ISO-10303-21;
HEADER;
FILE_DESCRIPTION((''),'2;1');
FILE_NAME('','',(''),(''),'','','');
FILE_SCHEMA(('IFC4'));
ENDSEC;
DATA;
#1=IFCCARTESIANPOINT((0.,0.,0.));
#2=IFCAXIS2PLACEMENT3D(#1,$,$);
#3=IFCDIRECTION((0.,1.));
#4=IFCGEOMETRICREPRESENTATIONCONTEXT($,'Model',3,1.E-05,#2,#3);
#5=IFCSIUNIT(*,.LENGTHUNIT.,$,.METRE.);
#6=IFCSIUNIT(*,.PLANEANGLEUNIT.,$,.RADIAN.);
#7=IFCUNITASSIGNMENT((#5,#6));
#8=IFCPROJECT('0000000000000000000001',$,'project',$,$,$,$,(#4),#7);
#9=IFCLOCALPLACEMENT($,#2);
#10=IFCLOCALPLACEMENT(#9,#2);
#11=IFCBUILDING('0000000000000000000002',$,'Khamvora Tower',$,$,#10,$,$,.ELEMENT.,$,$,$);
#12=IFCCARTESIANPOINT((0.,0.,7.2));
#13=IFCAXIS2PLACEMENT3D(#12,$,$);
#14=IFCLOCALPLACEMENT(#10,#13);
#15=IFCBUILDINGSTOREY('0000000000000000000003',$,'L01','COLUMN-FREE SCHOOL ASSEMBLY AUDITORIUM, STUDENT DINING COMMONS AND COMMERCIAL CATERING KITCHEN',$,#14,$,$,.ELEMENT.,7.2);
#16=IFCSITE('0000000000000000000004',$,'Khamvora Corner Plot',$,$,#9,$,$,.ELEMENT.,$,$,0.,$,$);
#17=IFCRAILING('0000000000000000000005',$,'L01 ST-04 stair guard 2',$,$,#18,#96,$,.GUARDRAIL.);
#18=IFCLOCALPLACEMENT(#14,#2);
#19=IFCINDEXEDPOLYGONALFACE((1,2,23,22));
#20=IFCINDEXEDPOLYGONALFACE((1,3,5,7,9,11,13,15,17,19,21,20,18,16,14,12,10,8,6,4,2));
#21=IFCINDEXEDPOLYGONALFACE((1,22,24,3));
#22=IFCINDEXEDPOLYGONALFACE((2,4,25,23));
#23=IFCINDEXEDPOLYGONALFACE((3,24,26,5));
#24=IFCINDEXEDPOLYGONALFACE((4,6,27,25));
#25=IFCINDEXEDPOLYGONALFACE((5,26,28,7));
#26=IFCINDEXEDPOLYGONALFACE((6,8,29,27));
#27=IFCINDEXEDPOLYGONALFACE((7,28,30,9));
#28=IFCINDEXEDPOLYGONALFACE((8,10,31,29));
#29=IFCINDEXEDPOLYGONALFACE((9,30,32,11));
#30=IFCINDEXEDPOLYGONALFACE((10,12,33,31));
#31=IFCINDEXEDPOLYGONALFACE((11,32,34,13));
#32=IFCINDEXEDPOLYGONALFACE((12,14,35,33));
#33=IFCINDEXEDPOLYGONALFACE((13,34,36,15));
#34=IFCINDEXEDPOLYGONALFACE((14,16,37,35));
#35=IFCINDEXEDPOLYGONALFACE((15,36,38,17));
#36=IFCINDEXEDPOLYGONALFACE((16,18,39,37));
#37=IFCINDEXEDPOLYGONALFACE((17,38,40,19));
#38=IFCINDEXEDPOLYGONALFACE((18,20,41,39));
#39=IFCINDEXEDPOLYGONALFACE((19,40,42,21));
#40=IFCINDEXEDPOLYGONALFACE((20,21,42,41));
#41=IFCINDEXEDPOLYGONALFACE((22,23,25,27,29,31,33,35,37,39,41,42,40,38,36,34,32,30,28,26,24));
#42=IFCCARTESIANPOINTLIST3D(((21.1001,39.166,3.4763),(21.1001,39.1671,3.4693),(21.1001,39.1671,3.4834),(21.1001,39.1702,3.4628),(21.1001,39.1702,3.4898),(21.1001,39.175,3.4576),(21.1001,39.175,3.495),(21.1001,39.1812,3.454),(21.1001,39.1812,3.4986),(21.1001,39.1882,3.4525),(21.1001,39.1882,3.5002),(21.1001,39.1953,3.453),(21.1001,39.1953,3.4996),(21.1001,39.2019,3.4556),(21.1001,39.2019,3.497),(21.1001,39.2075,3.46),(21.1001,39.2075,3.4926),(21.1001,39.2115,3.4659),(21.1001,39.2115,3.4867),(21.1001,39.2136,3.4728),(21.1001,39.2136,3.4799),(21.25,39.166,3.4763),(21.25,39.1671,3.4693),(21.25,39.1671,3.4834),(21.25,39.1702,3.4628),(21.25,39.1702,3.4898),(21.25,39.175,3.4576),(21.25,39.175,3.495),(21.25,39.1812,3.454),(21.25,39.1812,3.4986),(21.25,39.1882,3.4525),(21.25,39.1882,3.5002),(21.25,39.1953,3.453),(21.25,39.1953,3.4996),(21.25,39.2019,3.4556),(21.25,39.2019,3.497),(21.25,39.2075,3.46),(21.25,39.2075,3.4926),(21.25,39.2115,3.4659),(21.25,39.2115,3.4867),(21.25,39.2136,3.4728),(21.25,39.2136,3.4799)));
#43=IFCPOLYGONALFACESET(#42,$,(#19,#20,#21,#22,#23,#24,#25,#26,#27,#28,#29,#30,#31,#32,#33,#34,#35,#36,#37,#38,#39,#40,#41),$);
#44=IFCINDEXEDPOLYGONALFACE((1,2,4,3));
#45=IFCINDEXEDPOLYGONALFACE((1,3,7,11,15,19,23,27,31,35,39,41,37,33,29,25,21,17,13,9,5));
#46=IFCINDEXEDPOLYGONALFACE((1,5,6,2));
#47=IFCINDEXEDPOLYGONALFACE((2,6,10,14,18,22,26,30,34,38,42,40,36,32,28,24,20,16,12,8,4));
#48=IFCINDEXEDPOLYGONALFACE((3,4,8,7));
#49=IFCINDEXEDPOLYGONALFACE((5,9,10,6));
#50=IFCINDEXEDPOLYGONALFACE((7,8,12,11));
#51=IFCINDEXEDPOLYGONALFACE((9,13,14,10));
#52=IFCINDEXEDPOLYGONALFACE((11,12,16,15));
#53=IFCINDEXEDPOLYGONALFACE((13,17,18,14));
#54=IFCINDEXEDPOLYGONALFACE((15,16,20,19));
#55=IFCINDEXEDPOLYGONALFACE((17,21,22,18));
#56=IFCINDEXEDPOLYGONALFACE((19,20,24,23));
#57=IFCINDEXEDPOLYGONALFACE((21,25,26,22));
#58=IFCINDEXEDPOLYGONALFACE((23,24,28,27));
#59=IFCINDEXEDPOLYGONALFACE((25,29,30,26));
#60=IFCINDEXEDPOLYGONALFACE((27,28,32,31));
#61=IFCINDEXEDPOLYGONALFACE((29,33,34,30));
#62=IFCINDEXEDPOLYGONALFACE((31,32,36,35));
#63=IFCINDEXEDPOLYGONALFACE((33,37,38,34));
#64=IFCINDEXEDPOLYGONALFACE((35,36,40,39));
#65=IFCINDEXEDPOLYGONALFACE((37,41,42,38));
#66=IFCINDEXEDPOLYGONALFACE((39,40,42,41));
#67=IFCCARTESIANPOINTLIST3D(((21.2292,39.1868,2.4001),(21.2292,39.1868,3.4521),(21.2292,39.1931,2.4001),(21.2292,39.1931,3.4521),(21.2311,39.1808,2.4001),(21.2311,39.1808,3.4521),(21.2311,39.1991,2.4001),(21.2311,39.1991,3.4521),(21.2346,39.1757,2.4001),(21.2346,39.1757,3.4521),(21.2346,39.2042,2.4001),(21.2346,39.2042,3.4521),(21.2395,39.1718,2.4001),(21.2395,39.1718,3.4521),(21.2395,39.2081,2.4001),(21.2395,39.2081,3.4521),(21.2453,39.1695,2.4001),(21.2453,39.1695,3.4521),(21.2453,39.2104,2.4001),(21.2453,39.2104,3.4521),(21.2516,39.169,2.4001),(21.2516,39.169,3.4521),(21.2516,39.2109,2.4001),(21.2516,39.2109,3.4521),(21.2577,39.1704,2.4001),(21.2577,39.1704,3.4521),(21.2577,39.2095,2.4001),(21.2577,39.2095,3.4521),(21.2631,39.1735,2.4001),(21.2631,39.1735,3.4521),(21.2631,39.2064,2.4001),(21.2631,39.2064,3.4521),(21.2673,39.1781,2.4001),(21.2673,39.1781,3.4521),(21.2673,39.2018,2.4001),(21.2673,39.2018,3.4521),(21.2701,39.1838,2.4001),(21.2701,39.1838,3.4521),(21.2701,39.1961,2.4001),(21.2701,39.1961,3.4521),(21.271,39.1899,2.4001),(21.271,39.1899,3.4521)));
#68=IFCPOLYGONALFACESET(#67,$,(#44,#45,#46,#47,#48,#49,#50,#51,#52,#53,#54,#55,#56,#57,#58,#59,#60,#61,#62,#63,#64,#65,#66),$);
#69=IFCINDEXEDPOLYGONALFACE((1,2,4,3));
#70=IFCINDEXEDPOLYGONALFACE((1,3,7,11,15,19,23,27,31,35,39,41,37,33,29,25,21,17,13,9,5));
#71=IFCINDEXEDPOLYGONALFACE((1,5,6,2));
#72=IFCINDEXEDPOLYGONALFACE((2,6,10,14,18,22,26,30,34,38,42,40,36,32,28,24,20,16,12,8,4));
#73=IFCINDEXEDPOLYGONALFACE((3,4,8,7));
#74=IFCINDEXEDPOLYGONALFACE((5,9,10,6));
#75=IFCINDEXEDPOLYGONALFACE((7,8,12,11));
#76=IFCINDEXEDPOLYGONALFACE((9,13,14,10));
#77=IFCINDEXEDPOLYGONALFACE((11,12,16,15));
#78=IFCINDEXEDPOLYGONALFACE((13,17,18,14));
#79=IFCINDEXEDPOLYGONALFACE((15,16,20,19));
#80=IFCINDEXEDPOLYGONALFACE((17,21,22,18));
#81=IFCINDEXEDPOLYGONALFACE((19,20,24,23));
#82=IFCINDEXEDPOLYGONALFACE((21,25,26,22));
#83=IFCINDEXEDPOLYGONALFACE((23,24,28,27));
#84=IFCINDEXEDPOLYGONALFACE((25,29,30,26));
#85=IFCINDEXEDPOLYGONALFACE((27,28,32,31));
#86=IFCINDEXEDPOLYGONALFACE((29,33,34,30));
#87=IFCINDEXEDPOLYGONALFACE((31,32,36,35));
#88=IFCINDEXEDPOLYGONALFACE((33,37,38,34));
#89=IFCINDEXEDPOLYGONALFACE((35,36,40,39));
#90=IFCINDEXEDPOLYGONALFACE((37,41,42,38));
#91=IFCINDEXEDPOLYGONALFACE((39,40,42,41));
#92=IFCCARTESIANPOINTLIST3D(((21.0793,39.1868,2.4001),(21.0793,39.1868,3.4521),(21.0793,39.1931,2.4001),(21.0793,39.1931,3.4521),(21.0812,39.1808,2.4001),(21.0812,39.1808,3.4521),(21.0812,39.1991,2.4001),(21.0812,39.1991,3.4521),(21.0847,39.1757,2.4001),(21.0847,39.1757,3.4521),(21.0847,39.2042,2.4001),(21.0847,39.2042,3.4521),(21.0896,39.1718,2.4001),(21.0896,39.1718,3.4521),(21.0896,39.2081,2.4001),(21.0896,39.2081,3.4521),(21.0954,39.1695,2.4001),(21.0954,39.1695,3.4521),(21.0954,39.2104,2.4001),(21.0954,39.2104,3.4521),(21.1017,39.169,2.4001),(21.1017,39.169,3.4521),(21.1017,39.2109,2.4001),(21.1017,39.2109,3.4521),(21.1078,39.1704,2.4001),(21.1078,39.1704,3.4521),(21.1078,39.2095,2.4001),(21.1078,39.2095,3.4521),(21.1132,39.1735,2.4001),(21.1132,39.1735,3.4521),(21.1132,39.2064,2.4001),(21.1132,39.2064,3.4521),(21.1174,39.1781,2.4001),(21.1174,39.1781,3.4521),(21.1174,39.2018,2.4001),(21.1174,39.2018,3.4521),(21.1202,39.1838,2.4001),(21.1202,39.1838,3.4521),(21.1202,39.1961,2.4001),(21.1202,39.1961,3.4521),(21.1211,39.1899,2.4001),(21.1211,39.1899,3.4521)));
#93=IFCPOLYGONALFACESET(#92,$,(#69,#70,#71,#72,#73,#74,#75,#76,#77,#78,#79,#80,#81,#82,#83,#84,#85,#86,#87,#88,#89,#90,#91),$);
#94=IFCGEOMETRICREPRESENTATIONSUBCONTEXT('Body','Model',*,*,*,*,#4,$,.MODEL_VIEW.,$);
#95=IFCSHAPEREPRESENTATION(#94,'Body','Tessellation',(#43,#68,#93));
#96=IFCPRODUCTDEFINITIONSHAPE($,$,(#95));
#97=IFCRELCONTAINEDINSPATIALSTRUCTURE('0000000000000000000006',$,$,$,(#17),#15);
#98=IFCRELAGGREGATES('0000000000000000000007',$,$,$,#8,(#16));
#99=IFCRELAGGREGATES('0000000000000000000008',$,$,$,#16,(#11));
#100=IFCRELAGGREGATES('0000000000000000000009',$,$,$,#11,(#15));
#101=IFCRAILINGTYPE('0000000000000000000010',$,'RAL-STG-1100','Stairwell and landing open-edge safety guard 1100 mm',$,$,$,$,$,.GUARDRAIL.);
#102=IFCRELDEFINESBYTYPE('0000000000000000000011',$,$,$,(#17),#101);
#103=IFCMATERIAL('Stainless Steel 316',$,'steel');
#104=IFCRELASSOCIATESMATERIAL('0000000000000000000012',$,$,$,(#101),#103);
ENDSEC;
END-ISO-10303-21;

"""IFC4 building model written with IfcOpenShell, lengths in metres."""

from ifc_helpers import new_model, si_unit, direction, frame, origin, origin_2d, place, context, subcontext, project, spatial, circle, extrude, material, type_object, element, save


model = new_model("IFC4")

# Units and contexts
model_context = context("Model", 3, precision=1e-05, world=origin(), true_north=direction((0.0, 1.0)))
body_context = subcontext(model_context, "Body", "Model", "MODEL_VIEW")
ifc_project = project(units=[si_unit("LENGTHUNIT", "METRE"), si_unit("PLANEANGLEUNIT", "RADIAN")], contexts=[model_context])

# Site, building, storey
site_placement = place(None, origin())
site = spatial("IfcSite", under=ifc_project, at=site_placement, Name="Khamvora Corner Plot", CompositionType="ELEMENT", RefElevation=0.0)
building_placement = place(site_placement, origin())
building = spatial("IfcBuilding", under=site, at=building_placement, Name="Khamvora Tower", CompositionType="ELEMENT")
storey_placement = place(building_placement, frame((0.0, 0.0, 7.2)))
storey = spatial("IfcBuildingStorey", under=building, at=storey_placement, Name="L01", Description="COLUMN-FREE SCHOOL ASSEMBLY AUDITORIUM, STUDENT DINING COMMONS AND COMMERCIAL CATERING KITCHEN", CompositionType="ELEMENT", Elevation=7.2)

# Railing
ifc_material_1 = material(Name="Stainless Steel 316", Category="steel")
railing_type_1 = type_object("IfcRailingType", Name="RAL-STG-1100", Description="Stairwell and landing open-edge safety guard 1100 mm", PredefinedType="GUARDRAIL", material=ifc_material_1)
railing_1_placement = place(storey_placement, frame((21.25, 39.1899, 2.4001)))
element("IfcRailing", 1, at=railing_1_placement, inside=storey, type_object=railing_type_1, Name="L01 ST-04 stair guard 2", PredefinedType="GUARDRAIL", context=body_context, shape_type="SweptSolid", body=[
    extrude(circle(Radius=0.0239, at=origin_2d()), frame((0.0, 0.0, 1.0762), z_axis=(-1.0, 0.0, 0.0), x_axis=(0.0, -1.0, 0.0)), (0.0, 0.0, 1.0), 0.1499),
    extrude(circle(Radius=0.021, at=origin_2d()), origin(), (0.0, 0.0, 1.0), 1.052),
    extrude(circle(Radius=0.021, at=origin_2d()), frame((-0.1499, 0.0, 0.0)), (0.0, 0.0, 1.0), 1.052),
])

save(model, "model.ifc")
